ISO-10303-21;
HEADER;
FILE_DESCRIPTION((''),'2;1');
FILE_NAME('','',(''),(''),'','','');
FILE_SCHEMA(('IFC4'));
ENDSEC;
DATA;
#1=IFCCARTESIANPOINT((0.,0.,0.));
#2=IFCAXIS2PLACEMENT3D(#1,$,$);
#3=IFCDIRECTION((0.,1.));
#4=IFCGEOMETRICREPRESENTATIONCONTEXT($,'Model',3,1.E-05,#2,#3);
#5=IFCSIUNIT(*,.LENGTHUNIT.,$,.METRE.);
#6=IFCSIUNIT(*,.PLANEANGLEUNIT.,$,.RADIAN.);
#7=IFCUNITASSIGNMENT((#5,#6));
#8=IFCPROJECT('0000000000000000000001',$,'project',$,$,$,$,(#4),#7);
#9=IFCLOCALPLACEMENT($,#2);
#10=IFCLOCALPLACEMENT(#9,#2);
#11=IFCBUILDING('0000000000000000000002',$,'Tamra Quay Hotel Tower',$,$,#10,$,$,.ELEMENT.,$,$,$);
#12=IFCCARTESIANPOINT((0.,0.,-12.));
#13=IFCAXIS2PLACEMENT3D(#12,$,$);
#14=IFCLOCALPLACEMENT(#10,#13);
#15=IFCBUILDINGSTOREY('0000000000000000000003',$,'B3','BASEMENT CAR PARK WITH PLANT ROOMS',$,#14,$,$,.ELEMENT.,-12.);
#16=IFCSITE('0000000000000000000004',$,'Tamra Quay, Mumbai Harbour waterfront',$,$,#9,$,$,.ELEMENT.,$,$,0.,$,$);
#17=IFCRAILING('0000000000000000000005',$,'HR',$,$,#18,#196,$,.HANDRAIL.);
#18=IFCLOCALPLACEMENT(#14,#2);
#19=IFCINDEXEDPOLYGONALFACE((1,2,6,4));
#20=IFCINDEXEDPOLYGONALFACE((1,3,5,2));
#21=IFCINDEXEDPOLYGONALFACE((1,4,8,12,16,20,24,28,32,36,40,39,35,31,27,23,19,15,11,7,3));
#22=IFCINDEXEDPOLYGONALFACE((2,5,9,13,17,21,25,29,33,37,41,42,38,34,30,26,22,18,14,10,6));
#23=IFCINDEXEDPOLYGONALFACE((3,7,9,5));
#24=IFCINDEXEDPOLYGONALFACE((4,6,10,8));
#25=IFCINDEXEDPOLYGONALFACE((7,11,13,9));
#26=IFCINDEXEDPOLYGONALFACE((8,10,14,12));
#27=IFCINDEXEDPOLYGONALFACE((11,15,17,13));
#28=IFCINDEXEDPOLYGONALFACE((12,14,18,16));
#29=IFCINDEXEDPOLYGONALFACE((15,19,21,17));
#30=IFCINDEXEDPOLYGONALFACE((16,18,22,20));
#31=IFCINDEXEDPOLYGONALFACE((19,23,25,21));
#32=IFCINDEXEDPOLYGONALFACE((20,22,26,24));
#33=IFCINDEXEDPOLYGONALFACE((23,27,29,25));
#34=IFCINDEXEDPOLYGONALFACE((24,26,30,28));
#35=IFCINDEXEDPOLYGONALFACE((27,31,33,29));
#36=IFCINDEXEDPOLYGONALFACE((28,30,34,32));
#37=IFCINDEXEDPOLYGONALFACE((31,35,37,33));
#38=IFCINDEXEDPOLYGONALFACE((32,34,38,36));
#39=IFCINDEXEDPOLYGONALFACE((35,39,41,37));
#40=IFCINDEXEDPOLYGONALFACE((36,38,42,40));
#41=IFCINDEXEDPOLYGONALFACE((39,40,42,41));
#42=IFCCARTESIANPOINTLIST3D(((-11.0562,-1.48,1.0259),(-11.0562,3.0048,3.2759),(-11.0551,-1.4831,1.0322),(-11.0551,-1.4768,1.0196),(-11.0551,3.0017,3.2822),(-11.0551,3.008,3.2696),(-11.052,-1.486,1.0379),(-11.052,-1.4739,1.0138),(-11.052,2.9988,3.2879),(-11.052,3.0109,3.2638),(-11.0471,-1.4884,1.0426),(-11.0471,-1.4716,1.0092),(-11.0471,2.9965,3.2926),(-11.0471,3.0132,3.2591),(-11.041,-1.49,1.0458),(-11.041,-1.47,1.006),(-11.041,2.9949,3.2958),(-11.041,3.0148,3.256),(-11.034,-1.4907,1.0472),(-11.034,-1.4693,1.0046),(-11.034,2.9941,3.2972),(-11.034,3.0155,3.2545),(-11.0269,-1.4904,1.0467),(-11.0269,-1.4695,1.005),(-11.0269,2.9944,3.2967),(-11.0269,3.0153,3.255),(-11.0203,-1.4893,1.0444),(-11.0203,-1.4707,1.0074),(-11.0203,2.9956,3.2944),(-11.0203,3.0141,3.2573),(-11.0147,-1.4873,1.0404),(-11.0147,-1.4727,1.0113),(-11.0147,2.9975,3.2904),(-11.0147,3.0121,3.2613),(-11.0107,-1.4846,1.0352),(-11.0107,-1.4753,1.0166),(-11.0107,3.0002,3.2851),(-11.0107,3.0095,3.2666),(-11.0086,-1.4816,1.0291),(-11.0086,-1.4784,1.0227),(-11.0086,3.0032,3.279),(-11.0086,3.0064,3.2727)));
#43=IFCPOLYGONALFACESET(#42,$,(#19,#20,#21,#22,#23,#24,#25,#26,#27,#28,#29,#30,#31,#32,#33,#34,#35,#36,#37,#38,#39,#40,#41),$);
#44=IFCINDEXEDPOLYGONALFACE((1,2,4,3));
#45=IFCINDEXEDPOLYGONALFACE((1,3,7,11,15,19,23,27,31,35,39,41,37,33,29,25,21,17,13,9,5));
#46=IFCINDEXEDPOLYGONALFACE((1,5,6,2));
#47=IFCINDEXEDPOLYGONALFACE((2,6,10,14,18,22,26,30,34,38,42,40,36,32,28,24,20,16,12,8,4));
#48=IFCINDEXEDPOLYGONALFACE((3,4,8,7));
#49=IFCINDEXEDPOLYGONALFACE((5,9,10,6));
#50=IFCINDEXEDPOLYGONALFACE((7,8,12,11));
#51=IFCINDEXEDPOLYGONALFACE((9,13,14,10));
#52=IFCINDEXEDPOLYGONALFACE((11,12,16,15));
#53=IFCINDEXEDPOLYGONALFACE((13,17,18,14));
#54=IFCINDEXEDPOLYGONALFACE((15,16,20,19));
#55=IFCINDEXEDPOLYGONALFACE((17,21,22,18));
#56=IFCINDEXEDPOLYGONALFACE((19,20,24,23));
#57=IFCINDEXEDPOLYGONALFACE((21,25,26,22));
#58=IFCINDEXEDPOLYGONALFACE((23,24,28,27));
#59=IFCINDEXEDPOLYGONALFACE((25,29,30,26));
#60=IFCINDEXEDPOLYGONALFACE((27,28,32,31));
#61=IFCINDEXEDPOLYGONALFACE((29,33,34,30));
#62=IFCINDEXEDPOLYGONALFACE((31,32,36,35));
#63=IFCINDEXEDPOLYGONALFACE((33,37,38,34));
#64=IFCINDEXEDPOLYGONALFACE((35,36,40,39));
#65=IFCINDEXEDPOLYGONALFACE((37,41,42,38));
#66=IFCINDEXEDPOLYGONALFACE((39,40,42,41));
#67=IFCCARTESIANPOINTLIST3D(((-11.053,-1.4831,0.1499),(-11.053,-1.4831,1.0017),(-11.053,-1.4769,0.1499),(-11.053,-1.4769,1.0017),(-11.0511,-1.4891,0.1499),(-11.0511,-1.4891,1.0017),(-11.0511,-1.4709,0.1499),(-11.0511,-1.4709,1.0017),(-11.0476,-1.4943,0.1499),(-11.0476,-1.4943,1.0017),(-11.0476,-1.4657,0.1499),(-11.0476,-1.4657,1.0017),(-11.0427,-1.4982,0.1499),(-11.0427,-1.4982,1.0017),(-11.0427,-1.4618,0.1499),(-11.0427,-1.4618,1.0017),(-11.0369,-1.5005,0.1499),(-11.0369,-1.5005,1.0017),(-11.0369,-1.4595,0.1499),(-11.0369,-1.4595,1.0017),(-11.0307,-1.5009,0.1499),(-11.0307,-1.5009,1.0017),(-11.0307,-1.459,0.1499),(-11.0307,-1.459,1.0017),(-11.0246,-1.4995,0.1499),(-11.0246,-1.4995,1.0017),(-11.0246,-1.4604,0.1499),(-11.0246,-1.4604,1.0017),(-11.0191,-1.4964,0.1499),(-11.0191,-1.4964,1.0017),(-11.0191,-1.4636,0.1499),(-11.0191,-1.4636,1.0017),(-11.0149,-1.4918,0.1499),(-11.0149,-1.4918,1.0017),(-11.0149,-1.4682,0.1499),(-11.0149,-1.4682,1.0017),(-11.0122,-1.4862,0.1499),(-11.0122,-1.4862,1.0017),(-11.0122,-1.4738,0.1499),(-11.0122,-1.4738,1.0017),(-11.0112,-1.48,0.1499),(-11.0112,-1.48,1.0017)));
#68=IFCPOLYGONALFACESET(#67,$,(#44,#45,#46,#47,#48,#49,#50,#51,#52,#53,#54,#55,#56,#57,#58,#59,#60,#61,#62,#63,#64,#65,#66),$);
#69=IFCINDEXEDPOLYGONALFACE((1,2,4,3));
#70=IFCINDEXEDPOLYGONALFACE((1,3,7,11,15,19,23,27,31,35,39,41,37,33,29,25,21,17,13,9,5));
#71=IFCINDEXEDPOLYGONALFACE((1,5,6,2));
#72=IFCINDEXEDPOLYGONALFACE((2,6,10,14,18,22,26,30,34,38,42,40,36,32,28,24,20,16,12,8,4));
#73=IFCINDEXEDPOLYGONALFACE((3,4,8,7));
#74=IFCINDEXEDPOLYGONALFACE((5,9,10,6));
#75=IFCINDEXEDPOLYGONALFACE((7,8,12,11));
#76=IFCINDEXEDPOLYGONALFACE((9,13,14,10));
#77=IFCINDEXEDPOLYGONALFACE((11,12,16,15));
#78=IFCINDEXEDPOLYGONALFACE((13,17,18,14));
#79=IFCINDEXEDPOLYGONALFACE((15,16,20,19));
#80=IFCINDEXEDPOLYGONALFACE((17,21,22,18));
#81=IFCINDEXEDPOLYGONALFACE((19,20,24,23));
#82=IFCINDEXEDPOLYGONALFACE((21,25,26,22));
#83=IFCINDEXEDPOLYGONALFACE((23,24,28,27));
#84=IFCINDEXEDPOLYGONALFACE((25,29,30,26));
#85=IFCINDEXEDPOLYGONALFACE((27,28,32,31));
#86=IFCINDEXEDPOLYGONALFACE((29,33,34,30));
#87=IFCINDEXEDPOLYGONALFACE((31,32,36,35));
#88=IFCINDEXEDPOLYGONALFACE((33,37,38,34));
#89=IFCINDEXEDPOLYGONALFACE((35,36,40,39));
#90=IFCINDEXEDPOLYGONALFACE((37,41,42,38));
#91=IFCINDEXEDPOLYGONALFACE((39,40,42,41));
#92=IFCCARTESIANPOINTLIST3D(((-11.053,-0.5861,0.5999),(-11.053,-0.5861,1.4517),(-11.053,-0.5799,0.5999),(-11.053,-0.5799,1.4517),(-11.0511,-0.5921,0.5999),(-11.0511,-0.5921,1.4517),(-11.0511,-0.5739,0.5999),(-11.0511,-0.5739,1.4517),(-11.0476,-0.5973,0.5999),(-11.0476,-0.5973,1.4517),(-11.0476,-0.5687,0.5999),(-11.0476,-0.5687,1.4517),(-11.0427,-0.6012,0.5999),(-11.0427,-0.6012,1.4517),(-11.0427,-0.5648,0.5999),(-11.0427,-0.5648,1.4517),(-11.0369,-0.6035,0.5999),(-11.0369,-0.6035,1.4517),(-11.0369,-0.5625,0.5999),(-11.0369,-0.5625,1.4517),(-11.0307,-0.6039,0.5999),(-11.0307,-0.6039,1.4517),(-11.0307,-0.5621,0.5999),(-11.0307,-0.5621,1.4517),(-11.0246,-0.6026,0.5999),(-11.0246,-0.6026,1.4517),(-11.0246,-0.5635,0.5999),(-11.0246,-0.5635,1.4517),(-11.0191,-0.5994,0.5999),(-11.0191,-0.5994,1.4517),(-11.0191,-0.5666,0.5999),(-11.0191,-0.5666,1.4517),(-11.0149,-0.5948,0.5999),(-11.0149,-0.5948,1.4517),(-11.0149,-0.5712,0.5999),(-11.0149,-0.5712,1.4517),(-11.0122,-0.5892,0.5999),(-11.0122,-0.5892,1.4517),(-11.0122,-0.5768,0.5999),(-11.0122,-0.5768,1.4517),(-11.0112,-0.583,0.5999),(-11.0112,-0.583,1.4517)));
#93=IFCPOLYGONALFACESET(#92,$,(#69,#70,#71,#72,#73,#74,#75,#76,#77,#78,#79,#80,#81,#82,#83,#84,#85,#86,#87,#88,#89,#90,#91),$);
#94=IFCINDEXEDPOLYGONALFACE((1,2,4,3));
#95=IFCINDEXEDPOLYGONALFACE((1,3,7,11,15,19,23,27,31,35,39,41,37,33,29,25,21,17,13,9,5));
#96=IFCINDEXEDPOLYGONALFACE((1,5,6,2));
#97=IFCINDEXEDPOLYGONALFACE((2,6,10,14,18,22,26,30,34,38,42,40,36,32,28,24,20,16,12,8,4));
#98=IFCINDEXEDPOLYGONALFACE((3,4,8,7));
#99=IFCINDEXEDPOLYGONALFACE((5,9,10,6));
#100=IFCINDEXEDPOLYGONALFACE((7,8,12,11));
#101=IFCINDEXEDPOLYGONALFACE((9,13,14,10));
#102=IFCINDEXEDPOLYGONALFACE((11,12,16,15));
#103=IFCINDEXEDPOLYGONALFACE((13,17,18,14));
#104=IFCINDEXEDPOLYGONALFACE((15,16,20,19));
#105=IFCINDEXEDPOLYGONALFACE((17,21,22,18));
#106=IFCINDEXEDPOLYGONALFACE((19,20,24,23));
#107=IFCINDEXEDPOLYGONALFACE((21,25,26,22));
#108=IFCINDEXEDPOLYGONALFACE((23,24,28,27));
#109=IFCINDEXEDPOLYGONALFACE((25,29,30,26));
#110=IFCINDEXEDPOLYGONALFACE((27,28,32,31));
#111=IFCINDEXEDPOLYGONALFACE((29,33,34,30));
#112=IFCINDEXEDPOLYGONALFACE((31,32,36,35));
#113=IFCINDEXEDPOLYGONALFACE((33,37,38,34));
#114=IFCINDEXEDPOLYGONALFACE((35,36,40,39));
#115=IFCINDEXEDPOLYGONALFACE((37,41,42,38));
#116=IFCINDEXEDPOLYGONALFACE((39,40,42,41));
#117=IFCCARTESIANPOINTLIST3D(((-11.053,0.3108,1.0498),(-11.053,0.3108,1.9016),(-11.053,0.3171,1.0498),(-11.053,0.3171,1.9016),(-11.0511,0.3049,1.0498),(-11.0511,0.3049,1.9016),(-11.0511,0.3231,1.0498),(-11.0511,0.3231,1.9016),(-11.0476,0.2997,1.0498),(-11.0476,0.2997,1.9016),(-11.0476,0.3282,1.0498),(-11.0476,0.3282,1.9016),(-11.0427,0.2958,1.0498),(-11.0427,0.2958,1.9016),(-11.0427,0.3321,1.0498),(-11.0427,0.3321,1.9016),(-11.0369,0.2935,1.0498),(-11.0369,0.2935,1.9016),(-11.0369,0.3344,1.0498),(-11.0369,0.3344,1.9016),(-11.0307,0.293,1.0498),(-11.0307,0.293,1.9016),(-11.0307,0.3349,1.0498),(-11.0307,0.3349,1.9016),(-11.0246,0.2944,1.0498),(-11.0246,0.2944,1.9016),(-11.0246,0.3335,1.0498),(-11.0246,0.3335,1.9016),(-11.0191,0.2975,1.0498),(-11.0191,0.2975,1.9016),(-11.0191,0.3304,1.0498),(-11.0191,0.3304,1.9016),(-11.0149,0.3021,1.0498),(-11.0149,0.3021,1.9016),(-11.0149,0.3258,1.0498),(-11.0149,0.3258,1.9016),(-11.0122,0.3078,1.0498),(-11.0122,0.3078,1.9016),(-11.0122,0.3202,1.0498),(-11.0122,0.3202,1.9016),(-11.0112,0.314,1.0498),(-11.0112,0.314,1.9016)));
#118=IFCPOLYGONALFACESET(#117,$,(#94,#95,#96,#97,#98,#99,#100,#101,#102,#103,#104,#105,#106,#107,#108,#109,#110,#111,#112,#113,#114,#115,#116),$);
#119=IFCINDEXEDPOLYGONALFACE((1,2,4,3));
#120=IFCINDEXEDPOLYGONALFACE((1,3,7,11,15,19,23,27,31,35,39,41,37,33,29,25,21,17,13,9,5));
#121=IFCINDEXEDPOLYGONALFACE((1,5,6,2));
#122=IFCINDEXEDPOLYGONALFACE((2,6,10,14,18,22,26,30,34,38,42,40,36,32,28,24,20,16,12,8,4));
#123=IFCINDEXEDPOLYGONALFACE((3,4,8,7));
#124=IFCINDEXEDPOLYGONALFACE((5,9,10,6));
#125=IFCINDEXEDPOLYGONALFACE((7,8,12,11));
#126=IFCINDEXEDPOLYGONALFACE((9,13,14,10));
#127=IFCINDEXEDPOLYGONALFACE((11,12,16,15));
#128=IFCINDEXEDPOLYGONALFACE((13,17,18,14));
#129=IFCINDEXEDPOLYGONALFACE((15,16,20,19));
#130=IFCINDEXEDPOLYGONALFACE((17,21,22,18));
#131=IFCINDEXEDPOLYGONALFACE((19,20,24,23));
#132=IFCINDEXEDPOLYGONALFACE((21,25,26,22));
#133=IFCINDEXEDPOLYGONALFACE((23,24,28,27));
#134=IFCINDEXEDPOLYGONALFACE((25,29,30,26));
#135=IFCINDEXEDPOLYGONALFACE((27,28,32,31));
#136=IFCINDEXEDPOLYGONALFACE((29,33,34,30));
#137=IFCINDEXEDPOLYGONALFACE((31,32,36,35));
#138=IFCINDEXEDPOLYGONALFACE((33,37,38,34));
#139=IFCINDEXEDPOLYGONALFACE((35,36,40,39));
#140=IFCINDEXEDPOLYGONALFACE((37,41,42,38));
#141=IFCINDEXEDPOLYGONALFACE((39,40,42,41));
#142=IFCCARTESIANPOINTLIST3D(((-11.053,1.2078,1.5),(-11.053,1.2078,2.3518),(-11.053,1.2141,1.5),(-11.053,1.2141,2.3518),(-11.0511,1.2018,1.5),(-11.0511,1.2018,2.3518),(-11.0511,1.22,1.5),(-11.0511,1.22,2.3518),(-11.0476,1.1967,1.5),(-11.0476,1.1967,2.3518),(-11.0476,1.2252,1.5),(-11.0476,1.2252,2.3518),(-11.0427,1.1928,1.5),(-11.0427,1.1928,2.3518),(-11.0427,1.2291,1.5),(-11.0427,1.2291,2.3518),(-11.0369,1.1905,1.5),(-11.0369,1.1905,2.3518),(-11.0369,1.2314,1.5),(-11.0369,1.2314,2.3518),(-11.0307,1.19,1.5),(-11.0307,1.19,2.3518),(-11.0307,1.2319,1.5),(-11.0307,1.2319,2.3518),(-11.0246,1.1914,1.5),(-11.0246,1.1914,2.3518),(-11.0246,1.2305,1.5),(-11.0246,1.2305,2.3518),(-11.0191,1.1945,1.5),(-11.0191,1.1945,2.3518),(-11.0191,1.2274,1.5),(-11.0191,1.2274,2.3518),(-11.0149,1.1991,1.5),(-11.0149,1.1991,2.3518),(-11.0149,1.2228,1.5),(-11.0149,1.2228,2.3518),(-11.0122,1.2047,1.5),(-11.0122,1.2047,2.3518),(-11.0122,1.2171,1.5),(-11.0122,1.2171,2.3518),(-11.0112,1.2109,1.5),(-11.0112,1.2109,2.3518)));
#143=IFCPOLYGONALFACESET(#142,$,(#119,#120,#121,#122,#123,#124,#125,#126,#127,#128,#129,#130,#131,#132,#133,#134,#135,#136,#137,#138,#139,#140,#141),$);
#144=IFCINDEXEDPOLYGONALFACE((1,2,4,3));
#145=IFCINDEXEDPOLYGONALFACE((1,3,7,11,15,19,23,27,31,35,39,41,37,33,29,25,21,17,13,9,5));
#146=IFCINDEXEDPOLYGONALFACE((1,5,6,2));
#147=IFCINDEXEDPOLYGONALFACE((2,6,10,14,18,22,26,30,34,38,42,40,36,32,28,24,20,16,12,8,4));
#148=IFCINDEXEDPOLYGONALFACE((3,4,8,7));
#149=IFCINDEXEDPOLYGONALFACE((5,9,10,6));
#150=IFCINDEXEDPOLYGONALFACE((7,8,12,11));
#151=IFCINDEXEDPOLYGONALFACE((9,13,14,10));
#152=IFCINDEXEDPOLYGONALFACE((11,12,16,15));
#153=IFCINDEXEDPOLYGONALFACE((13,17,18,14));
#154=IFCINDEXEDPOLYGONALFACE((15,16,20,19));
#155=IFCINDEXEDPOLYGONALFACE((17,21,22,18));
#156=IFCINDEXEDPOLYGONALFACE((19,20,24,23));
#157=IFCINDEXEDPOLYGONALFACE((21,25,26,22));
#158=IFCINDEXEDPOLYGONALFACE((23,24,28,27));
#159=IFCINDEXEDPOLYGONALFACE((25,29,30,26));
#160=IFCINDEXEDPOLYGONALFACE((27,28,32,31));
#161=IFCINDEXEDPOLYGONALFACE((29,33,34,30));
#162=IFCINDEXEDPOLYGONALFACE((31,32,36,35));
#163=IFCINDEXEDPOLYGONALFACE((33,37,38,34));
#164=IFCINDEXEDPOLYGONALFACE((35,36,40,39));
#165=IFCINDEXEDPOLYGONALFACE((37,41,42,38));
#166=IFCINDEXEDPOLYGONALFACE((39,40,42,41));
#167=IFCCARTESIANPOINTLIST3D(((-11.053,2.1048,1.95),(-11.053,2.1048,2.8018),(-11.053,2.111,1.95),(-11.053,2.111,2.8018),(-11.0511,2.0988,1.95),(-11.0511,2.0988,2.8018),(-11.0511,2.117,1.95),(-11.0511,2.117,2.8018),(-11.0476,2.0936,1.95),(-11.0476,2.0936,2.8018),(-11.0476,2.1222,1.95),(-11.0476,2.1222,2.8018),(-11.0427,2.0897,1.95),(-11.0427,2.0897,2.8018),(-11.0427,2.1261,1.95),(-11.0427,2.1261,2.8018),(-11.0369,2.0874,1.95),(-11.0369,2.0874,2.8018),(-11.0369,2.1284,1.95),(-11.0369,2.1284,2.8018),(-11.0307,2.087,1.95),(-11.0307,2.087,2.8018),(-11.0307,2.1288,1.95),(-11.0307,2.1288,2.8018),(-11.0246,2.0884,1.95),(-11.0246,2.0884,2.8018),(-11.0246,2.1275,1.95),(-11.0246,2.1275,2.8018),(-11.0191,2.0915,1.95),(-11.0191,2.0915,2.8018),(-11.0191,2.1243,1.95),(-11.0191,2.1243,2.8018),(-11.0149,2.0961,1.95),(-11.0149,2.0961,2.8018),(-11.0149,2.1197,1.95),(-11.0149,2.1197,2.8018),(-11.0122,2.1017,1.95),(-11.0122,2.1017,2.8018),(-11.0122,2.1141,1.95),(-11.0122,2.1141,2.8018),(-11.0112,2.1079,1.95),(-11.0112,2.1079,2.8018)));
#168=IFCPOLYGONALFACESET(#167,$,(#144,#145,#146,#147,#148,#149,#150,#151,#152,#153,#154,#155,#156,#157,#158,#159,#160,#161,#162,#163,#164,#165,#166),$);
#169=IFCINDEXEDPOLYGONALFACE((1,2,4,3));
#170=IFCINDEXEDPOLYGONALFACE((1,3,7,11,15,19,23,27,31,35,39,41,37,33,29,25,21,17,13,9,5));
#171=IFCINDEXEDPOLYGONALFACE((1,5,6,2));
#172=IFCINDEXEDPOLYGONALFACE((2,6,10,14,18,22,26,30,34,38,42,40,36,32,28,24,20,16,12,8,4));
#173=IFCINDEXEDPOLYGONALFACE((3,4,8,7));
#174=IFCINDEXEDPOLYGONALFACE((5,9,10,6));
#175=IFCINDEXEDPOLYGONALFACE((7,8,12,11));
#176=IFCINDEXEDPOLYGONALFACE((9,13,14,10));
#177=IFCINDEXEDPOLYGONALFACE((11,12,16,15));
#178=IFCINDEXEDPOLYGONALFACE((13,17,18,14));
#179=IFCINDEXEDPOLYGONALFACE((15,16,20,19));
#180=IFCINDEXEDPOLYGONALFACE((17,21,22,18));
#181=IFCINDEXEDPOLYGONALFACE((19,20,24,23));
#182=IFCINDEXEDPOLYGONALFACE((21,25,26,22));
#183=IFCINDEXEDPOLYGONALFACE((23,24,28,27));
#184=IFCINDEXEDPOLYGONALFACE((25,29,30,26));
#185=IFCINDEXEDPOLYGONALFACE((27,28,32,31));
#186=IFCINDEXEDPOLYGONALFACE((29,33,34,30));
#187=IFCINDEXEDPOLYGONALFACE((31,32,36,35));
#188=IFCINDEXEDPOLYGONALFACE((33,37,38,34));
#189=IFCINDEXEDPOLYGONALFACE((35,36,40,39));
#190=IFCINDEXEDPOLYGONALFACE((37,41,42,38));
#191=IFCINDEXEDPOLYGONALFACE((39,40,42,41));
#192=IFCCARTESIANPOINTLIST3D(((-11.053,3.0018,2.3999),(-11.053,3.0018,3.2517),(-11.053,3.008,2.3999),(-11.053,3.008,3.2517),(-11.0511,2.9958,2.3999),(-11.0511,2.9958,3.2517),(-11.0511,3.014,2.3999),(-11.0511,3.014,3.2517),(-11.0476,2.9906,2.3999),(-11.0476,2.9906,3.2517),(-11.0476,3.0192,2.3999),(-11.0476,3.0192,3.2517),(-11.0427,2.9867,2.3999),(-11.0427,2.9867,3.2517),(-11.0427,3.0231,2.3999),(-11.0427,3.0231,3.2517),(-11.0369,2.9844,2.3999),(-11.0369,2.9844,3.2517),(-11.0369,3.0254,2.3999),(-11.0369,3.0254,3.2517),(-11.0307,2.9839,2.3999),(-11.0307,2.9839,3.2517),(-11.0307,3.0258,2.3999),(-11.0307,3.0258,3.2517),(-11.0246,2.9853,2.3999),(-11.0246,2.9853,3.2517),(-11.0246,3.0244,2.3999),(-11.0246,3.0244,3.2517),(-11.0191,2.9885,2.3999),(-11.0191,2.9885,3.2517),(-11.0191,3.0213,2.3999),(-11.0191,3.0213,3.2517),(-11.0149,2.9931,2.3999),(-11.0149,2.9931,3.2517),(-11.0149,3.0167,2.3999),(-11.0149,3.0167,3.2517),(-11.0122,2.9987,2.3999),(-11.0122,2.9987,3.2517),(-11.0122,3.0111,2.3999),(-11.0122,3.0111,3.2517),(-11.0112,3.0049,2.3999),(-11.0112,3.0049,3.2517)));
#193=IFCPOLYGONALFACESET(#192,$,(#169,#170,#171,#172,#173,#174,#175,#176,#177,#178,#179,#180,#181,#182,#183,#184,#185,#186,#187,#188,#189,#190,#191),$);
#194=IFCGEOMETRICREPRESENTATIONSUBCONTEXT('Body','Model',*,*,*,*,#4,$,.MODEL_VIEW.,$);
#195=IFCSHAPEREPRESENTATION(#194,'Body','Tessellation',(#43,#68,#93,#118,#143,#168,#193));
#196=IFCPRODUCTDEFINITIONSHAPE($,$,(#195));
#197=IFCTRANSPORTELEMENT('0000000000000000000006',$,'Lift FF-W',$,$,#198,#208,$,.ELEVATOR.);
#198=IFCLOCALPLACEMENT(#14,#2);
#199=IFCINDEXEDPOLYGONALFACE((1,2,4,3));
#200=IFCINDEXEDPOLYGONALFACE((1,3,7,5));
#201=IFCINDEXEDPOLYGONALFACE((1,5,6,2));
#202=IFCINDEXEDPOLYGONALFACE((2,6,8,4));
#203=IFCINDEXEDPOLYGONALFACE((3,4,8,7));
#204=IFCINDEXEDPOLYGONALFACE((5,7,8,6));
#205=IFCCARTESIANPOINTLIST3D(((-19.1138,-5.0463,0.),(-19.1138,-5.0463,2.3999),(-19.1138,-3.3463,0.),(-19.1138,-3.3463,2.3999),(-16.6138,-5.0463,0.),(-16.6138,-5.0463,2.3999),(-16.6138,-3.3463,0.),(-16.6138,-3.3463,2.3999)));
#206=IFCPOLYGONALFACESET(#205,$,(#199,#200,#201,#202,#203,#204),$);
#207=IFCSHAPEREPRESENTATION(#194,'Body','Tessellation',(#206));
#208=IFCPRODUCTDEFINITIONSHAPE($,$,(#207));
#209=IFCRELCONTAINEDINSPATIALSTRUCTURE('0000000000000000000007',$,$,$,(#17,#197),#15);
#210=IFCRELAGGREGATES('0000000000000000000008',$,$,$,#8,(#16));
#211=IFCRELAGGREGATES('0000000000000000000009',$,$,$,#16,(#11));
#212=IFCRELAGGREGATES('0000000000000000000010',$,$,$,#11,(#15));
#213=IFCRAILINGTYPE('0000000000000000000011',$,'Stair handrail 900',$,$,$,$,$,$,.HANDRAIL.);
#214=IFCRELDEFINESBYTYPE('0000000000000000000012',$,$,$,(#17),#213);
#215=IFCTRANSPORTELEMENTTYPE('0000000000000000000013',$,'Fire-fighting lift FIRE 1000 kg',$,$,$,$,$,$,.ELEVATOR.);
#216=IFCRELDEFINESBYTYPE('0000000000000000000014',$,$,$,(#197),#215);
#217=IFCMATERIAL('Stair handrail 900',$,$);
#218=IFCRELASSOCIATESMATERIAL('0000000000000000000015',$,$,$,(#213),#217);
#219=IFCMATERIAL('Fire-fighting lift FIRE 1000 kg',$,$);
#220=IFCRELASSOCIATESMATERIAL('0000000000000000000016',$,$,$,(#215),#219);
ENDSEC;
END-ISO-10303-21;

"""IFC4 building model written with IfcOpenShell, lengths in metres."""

from ifc_helpers import new_model, si_unit, direction, frame, origin, origin_2d, place, context, subcontext, project, spatial, rectangle, circle, extrude, material, type_object, element, save


model = new_model("IFC4")

# Units and contexts
model_context = context("Model", 3, precision=1e-05, world=origin(), true_north=direction((0.0, 1.0)))
body_context = subcontext(model_context, "Body", "Model", "MODEL_VIEW")
ifc_project = project(units=[si_unit("LENGTHUNIT", "METRE"), si_unit("PLANEANGLEUNIT", "RADIAN")], contexts=[model_context])

# Site, building, storey
site_placement = place(None, origin())
site = spatial("IfcSite", under=ifc_project, at=site_placement, Name="Tamra Quay, Mumbai Harbour waterfront", CompositionType="ELEMENT", RefElevation=0.0)
building_placement = place(site_placement, origin())
building = spatial("IfcBuilding", under=site, at=building_placement, Name="Tamra Quay Hotel Tower", CompositionType="ELEMENT")
storey_placement = place(building_placement, frame((0.0, 0.0, -12.0)))
storey = spatial("IfcBuildingStorey", under=building, at=storey_placement, Name="B3", Description="BASEMENT CAR PARK WITH PLANT ROOMS", CompositionType="ELEMENT", Elevation=-12.0)

# Railing
ifc_material_1 = material(Name="Stair handrail 900")
railing_type_1 = type_object("IfcRailingType", Name="Stair handrail 900", PredefinedType="HANDRAIL", material=ifc_material_1)
railing_1_placement = place(storey_placement, frame((-11.0322, -1.48, 0.1499)))
element("IfcRailing", 1, at=railing_1_placement, inside=storey, type_object=railing_type_1, Name="HR", PredefinedType="HANDRAIL", context=body_context, shape_type="SweptSolid", body=[
    extrude(circle(Radius=0.0239, at=origin_2d()), frame((0.0, 0.0, 0.876), z_axis=(0.0, 0.893823, 0.44842), x_axis=(-1.0, 0.0, 0.0)), (0.0, 0.0, 1.0), 5.0176),
    extrude(circle(Radius=0.021, at=origin_2d()), origin(), (0.0, 0.0, 1.0), 0.8518),
    extrude(circle(Radius=0.021, at=origin_2d()), frame((0.0, 0.897, 0.45)), (0.0, 0.0, 1.0), 0.8518),
    extrude(circle(Radius=0.021, at=origin_2d()), frame((0.0, 1.7939, 0.8999)), (0.0, 0.0, 1.0), 0.8518),
    extrude(circle(Radius=0.021, at=origin_2d()), frame((0.0, 2.6909, 1.3501)), (0.0, 0.0, 1.0), 0.8518),
    extrude(circle(Radius=0.021, at=origin_2d()), frame((0.0, 3.5879, 1.8)), (0.0, 0.0, 1.0), 0.8518),
    extrude(circle(Radius=0.021, at=origin_2d()), frame((0.0, 4.4849, 2.25)), (0.0, 0.0, 1.0), 0.8518),
])

# Transport element
ifc_material_2 = material(Name="Fire-fighting lift FIRE 1000 kg")
transport_element_type = type_object("IfcTransportElementType", Name="Fire-fighting lift FIRE 1000 kg", PredefinedType="ELEVATOR", material=ifc_material_2)
transport_element_placement = place(storey_placement, frame((-17.8638, -4.1963, 0.0), z_axis=(0.0, 0.0, 1.0), x_axis=(0.0, 1.0, 0.0)))
element("IfcTransportElement", 2, at=transport_element_placement, inside=storey, type_object=transport_element_type, Name="Lift FF-W", PredefinedType="ELEVATOR", context=body_context, shape_type="SweptSolid", body=[
    extrude(rectangle(XDim=1.7, YDim=2.5, at=origin_2d()), origin(), (0.0, 0.0, 1.0), 2.3999),
])

save(model, "model.ifc")
